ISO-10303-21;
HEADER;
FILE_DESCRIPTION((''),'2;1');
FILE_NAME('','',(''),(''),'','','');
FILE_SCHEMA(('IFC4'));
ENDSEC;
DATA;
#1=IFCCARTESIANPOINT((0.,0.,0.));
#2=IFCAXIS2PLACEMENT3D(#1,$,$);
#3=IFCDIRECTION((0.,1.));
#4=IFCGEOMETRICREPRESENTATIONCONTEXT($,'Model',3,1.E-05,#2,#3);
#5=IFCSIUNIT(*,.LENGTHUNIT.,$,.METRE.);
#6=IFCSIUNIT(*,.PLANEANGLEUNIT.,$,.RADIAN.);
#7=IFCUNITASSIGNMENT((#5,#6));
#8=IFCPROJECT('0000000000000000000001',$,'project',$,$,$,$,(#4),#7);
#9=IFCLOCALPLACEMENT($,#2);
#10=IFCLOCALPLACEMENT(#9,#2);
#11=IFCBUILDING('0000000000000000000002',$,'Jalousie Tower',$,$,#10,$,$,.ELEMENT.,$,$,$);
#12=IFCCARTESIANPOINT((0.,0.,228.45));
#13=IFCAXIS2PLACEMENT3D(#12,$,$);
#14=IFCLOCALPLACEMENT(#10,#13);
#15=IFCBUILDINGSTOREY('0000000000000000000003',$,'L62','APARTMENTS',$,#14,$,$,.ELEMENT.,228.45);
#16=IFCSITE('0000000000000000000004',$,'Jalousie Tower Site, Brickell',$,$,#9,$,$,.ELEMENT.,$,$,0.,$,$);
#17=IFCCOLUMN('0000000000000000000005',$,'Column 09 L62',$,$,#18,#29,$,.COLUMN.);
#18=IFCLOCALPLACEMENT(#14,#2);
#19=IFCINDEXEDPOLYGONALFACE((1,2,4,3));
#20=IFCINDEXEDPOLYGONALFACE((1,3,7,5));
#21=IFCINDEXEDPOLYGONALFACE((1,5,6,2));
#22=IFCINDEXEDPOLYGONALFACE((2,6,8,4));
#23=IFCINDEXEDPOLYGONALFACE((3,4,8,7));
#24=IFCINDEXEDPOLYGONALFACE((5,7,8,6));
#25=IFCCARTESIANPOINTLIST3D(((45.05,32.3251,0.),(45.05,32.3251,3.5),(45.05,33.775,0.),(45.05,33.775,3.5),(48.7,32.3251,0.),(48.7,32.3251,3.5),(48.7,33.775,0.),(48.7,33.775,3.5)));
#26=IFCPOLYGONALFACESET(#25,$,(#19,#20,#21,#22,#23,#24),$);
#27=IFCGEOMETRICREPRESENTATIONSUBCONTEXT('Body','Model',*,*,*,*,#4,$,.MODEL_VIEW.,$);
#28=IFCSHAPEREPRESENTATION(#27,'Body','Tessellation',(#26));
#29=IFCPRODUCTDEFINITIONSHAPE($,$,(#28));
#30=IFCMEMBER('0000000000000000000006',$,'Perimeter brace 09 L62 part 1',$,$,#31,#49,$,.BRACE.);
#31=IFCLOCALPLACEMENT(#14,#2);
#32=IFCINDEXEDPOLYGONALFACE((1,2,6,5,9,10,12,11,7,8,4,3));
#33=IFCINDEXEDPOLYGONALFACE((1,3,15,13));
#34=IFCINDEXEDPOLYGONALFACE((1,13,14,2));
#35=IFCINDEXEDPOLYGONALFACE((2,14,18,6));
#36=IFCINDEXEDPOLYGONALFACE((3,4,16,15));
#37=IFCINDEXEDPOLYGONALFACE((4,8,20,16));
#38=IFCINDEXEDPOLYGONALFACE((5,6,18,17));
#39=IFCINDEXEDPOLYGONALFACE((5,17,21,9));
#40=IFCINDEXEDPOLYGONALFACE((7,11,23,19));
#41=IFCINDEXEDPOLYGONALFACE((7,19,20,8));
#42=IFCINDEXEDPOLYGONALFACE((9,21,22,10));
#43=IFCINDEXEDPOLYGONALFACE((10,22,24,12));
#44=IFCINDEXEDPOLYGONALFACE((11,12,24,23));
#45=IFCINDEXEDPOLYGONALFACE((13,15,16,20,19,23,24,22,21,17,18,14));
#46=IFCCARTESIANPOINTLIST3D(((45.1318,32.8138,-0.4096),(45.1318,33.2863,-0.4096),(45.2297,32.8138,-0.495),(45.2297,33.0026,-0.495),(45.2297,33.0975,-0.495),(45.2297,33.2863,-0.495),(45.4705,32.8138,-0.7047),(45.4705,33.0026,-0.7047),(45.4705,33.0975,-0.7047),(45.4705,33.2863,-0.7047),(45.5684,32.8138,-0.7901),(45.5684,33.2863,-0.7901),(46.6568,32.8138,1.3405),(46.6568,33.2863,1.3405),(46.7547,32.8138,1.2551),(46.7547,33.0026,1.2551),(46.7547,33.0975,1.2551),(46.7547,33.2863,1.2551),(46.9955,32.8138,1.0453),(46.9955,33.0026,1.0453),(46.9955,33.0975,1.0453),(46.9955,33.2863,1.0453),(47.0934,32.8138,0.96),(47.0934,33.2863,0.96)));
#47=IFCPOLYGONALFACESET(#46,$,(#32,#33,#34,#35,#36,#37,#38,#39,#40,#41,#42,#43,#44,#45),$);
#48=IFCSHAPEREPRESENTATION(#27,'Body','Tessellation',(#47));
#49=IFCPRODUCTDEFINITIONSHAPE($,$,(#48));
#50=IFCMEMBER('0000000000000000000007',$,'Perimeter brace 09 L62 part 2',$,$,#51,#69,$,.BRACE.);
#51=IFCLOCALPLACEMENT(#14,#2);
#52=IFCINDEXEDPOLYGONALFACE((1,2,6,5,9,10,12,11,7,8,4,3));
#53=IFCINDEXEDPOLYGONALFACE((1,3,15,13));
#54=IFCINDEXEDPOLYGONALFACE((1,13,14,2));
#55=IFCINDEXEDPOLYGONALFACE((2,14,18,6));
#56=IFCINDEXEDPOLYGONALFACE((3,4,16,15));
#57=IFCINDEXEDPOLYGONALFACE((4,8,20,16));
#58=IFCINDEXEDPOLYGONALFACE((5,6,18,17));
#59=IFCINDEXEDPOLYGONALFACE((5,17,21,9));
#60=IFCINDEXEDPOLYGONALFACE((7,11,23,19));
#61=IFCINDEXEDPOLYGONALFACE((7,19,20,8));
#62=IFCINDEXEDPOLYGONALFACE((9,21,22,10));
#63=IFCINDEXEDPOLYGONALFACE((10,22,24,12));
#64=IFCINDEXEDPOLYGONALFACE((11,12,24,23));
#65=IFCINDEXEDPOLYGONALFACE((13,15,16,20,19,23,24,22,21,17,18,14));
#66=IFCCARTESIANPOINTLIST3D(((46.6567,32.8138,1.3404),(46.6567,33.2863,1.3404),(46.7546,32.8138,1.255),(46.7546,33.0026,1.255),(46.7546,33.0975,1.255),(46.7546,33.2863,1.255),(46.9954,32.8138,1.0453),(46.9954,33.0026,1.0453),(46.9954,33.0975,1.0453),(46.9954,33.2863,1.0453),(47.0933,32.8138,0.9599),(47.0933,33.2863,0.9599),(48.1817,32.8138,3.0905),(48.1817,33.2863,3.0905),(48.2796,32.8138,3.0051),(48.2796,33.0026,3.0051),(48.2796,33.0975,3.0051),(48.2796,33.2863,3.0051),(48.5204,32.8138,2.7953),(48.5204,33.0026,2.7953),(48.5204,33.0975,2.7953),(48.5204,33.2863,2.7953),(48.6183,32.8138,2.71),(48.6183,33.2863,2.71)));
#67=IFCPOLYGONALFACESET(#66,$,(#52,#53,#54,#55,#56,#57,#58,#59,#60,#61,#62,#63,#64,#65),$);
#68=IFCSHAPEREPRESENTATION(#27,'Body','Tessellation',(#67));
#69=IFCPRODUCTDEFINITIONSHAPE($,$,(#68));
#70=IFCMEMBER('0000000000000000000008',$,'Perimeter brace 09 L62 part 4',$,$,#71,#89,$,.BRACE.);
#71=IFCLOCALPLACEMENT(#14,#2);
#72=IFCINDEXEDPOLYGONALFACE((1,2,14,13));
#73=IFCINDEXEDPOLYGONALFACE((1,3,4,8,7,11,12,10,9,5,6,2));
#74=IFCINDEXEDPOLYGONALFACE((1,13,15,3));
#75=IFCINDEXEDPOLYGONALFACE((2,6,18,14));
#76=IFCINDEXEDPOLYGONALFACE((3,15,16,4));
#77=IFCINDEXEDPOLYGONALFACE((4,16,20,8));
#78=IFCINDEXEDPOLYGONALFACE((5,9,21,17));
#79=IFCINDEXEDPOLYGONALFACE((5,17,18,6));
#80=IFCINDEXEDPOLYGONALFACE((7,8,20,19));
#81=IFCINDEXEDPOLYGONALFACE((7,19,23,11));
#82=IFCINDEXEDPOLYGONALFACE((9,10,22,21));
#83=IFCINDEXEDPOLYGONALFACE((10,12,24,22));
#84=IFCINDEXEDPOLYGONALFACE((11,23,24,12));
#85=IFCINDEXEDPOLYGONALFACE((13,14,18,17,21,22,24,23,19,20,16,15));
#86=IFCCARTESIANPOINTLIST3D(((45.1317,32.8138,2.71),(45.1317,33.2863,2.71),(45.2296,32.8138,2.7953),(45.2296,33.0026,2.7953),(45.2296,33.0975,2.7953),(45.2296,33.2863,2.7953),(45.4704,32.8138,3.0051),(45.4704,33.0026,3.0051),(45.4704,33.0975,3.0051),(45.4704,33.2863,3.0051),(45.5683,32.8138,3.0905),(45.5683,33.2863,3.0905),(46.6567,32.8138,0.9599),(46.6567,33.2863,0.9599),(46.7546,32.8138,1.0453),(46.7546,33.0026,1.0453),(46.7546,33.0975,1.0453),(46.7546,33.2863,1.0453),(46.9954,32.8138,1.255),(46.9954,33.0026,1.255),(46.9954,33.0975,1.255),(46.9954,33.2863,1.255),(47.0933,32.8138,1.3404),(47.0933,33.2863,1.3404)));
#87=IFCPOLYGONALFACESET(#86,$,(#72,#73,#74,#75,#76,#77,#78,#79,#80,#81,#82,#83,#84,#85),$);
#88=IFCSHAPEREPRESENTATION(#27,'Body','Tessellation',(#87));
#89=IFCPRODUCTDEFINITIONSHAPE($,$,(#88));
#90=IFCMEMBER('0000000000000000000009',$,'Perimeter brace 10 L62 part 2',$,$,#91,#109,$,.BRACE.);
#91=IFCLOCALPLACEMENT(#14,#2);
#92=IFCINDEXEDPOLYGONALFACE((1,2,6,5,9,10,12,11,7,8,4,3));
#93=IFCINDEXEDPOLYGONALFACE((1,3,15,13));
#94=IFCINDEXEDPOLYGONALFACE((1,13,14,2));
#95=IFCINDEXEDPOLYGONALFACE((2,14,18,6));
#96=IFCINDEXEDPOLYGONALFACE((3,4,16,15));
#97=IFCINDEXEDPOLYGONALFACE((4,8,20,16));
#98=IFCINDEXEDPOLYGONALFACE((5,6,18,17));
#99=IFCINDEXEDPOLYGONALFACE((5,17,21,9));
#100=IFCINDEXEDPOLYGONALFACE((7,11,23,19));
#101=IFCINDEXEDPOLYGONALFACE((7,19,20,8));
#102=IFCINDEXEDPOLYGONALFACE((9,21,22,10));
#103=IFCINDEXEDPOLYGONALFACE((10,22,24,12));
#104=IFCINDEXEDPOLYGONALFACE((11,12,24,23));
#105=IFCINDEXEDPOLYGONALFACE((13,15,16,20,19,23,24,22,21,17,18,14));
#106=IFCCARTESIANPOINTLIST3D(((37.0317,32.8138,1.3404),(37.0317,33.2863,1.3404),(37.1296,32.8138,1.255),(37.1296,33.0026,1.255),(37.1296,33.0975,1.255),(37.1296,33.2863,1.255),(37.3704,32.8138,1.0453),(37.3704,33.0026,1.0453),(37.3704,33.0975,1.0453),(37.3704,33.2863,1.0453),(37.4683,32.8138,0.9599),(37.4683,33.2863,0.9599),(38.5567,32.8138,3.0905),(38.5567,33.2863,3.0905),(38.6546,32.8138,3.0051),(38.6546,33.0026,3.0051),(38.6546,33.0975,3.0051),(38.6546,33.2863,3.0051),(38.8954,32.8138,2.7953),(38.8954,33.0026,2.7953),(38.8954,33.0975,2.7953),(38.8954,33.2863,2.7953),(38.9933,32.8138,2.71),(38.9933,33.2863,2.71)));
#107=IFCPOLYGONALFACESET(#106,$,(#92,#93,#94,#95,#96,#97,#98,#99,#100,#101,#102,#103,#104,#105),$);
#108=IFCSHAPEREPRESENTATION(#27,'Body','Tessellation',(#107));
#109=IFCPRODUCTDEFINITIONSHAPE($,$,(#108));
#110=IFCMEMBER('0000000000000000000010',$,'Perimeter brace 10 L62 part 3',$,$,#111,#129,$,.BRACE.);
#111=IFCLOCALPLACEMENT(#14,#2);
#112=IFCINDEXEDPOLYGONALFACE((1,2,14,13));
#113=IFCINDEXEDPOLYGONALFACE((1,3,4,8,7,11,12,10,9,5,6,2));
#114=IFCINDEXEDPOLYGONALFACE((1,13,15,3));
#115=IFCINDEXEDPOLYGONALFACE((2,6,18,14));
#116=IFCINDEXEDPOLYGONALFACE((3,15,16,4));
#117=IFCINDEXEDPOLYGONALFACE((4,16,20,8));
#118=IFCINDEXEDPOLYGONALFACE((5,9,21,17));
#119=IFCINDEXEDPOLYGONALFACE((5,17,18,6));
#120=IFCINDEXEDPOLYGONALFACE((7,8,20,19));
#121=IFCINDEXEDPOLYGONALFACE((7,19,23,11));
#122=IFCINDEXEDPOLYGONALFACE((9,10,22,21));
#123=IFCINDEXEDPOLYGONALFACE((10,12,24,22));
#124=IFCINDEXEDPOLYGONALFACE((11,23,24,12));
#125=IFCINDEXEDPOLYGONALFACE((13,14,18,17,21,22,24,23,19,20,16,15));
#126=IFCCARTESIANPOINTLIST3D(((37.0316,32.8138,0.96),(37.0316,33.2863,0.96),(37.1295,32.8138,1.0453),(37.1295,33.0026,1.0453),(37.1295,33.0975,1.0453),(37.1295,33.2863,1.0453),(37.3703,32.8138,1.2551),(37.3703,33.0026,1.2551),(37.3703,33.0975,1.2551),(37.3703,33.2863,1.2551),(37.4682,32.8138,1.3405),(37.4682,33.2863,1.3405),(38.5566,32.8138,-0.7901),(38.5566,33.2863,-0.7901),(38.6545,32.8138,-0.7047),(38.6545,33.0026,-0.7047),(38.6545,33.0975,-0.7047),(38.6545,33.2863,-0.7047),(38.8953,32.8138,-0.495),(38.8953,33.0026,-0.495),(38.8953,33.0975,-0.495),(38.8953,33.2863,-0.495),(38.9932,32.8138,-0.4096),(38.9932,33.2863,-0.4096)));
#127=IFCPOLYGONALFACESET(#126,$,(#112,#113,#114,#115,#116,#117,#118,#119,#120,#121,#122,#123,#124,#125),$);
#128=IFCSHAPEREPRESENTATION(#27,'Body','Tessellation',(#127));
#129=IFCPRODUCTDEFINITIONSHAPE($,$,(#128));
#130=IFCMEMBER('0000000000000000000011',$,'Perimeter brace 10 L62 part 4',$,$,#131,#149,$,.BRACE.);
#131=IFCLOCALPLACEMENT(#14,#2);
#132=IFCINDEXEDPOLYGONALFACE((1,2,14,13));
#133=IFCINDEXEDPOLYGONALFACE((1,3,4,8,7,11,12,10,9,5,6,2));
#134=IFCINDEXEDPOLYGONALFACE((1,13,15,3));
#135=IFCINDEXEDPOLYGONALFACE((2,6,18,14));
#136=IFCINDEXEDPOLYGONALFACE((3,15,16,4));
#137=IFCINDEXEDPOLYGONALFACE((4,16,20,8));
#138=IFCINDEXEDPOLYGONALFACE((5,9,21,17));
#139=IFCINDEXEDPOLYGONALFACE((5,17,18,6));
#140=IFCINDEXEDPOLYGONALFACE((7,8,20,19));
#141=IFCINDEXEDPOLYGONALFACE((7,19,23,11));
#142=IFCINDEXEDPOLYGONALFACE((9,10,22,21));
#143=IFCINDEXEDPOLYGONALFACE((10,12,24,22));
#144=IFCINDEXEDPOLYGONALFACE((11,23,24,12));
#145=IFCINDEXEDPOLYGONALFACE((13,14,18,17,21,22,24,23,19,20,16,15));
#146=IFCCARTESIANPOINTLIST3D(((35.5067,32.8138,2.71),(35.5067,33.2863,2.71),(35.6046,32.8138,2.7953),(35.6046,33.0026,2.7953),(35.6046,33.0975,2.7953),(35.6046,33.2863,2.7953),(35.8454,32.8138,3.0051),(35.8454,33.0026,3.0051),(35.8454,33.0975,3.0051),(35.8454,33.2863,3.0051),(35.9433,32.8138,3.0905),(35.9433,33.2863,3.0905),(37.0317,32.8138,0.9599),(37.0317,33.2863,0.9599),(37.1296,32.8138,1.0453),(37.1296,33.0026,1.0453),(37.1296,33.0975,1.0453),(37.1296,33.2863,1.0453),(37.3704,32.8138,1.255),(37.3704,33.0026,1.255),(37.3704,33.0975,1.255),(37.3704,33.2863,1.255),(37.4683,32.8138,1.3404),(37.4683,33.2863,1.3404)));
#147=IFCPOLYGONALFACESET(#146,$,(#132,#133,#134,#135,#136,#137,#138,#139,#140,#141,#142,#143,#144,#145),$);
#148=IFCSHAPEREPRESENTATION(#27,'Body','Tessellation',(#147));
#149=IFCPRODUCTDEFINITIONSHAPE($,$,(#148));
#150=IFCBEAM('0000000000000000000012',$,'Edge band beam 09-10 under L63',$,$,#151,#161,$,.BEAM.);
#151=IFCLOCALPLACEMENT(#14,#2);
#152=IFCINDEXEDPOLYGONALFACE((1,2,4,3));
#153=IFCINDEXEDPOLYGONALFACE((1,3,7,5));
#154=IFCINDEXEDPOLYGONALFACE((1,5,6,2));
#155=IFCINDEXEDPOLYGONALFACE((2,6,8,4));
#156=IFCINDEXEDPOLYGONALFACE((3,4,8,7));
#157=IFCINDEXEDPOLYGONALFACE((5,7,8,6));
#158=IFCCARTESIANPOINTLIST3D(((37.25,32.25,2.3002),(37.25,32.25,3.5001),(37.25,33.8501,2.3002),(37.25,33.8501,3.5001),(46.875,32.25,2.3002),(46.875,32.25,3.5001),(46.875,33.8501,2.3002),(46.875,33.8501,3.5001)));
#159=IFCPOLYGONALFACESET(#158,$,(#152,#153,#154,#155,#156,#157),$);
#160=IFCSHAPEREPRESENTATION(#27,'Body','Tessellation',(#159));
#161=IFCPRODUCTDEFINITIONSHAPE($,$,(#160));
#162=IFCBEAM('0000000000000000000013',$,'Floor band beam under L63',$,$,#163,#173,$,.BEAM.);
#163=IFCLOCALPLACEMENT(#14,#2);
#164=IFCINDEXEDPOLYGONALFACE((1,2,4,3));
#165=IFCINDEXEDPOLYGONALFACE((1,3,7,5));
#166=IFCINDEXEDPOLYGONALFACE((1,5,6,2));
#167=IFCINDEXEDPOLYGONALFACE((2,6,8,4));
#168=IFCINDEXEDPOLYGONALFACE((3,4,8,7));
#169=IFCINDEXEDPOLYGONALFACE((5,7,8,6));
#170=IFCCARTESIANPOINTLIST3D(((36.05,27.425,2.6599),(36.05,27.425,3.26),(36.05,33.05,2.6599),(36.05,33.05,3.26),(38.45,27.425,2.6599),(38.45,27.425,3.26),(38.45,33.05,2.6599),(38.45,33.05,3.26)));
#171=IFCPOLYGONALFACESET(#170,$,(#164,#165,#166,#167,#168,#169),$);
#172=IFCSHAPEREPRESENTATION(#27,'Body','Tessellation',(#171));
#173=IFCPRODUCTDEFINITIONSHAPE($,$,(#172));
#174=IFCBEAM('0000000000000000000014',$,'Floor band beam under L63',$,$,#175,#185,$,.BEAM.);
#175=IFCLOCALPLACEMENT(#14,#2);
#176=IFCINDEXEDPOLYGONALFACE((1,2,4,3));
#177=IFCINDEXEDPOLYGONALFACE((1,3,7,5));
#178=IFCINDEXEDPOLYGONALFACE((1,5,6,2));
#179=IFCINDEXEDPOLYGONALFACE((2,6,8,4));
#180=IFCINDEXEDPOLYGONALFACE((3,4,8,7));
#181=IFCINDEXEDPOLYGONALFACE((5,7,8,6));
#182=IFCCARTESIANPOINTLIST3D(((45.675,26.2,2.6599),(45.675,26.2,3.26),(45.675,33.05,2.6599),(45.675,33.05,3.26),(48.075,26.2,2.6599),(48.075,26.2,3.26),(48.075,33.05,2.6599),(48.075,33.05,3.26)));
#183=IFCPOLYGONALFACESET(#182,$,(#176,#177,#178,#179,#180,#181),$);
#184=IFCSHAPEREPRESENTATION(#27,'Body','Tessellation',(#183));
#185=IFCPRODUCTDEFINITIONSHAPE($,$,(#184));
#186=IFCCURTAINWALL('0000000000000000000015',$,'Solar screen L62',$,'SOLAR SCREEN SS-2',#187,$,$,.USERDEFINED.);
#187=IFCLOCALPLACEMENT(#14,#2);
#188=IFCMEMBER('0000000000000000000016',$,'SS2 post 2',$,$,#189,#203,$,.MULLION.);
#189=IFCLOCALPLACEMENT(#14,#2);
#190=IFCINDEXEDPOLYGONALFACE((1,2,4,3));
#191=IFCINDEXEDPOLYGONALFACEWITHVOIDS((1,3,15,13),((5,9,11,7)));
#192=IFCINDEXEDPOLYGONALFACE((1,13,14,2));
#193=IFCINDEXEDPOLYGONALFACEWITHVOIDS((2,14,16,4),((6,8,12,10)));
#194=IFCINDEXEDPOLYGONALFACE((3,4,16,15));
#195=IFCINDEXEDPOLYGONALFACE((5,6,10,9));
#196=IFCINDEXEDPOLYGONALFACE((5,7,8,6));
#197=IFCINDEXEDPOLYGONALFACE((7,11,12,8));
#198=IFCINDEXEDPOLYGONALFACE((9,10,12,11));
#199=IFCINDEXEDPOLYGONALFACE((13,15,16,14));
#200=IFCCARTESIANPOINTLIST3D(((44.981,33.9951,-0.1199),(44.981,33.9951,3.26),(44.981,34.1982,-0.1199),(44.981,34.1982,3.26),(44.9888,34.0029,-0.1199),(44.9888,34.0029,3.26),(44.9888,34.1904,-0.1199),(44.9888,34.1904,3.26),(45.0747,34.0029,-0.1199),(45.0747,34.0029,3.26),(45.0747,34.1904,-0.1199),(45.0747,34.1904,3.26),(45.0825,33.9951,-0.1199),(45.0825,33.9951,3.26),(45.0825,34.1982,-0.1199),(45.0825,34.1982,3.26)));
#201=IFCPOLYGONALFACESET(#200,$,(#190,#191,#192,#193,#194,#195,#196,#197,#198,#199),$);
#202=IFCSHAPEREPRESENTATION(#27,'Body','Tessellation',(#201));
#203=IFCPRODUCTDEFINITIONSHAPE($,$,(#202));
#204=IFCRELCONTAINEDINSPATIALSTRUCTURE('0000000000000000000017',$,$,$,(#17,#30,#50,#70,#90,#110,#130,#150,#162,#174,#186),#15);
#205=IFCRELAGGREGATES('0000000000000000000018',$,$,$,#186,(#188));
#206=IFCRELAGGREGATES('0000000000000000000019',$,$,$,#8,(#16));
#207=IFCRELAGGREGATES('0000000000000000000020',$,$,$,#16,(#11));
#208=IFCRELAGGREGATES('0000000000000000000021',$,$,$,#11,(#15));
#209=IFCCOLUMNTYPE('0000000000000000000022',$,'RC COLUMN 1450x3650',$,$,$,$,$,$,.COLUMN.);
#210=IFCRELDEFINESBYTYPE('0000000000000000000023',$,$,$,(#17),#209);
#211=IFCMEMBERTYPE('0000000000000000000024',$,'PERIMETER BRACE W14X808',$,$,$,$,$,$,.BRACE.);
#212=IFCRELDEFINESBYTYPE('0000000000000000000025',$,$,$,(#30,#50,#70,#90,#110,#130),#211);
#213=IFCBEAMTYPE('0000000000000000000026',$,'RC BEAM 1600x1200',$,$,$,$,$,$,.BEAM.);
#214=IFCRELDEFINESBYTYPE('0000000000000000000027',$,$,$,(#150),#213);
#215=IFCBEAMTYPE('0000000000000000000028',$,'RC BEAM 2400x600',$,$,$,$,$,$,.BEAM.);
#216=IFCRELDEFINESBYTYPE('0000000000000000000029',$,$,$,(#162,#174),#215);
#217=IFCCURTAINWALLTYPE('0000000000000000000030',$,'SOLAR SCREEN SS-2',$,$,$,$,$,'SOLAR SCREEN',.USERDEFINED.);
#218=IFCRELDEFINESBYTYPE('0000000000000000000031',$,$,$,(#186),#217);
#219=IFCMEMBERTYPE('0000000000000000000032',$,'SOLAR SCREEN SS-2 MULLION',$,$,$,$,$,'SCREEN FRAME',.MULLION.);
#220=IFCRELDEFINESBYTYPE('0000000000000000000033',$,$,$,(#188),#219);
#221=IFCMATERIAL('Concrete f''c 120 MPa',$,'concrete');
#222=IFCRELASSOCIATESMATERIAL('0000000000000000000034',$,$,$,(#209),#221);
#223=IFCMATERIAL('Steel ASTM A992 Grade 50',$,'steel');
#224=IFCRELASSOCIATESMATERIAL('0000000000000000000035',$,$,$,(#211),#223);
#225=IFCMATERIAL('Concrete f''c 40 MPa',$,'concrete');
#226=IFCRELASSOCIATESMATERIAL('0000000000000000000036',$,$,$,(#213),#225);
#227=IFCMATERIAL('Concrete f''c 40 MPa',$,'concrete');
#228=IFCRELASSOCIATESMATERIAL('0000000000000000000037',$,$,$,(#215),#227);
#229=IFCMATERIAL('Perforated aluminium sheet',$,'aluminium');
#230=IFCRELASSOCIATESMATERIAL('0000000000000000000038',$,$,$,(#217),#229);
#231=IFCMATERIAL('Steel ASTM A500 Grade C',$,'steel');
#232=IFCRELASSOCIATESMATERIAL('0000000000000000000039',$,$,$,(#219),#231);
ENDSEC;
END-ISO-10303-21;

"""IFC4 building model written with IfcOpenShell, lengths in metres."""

from ifc_helpers import new_model, si_unit, direction, frame, origin, origin_2d, place, context, subcontext, project, spatial, rectangle, hollow_rectangle, i_section, extrude, material, material_profile, profile_set, type_object, element, aggregate, save


model = new_model("IFC4")

# Units and contexts
model_context = context("Model", 3, precision=1e-05, world=origin(), true_north=direction((0.0, 1.0)))
body_context = subcontext(model_context, "Body", "Model", "MODEL_VIEW")
ifc_project = project(units=[si_unit("LENGTHUNIT", "METRE"), si_unit("PLANEANGLEUNIT", "RADIAN")], contexts=[model_context])

# Site, building, storey
site_placement = place(None, origin())
site = spatial("IfcSite", under=ifc_project, at=site_placement, Name="Jalousie Tower Site, Brickell", CompositionType="ELEMENT", RefElevation=0.0)
building_placement = place(site_placement, origin())
building = spatial("IfcBuilding", under=site, at=building_placement, Name="Jalousie Tower", CompositionType="ELEMENT")
storey_placement = place(building_placement, frame((0.0, 0.0, 228.45)))
storey = spatial("IfcBuildingStorey", under=building, at=storey_placement, Name="L62", Description="APARTMENTS", CompositionType="ELEMENT", Elevation=228.45)

# Column
ifc_material_1 = material(Name="Concrete f'c 120 MPa", Category="concrete")
ifc_material_profile_1 = material_profile(ifc_material_1, rectangle(XDim=1.45, YDim=3.6499, at=origin_2d()), Name="RC 1450x3650")
ifc_profile_set_1 = profile_set([ifc_material_profile_1], Name="Concrete f'c 120 MPa")
column_type = type_object("IfcColumnType", Name="RC COLUMN 1450x3650", PredefinedType="COLUMN", material=ifc_profile_set_1)
column_placement = place(storey_placement, frame((46.875, 33.05, 0.0), z_axis=(0.0, 0.0, 1.0), x_axis=(0.0, 1.0, 0.0)))
element("IfcColumn", 1, at=column_placement, inside=storey, type_object=column_type, Name="Column 09 L62", PredefinedType="COLUMN", context=body_context, shape_type="SweptSolid", body=[
    extrude(rectangle(XDim=1.45, YDim=3.6499, at=origin_2d()), origin(), (0.0, 0.0, 1.0), 3.5),
])

# Members
ifc_material_2 = material(Name="Steel ASTM A992 Grade 50", Category="steel")
ifc_material_profile_2 = material_profile(ifc_material_2, i_section(OverallWidth=0.4724, OverallDepth=0.5791, WebThickness=0.095, FlangeThickness=0.1299, at=origin_2d()), Name="W14X808")
ifc_profile_set_2 = profile_set([ifc_material_profile_2], Name="Steel ASTM A992 Grade 50")
member_type_1 = type_object("IfcMemberType", Name="PERIMETER BRACE W14X808", PredefinedType="BRACE", material=ifc_profile_set_2)
for number, where, z_axis, x_axis, name in (
    (2, (45.3501, 33.05, -0.5999), (0.656954, 0.0, 0.75393), (0.0, 1.0, 0.0), "Perimeter brace 09 L62 part 1"),
    (3, (46.875, 33.05, 1.1501), (0.656954, 0.0, 0.75393), (0.0, 1.0, 0.0), "Perimeter brace 09 L62 part 2"),
    (4, (46.875, 33.05, 1.1501), (-0.656954, 0.0, 0.75393), (0.0, -1.0, 0.0), "Perimeter brace 09 L62 part 4"),
    (5, (37.25, 33.05, 1.1501), (0.656954, 0.0, 0.75393), (0.0, 1.0, 0.0), "Perimeter brace 10 L62 part 2"),
    (6, (38.7749, 33.05, -0.5999), (-0.656954, 0.0, 0.75393), (0.0, -1.0, 0.0), "Perimeter brace 10 L62 part 3"),
    (7, (37.25, 33.05, 1.1501), (-0.656954, 0.0, 0.75393), (0.0, -1.0, 0.0), "Perimeter brace 10 L62 part 4"),
):
    element("IfcMember", number, at=place(storey_placement, frame(where, z_axis=z_axis, x_axis=x_axis)), inside=storey, type_object=member_type_1, Name=name, PredefinedType="BRACE", context=body_context, shape_type="SweptSolid", body=[
        extrude(i_section(OverallWidth=0.4724, OverallDepth=0.5791, WebThickness=0.095, FlangeThickness=0.1299, at=origin_2d()), origin(), (0.0, 0.0, 1.0), 2.3213),
    ])

# Beams
ifc_material_3 = material(Name="Concrete f'c 40 MPa", Category="concrete")
ifc_material_profile_3 = material_profile(ifc_material_3, rectangle(XDim=1.6001, YDim=1.2, at=origin_2d()), Name="RC 1600x1200")
ifc_profile_set_3 = profile_set([ifc_material_profile_3], Name="Concrete f'c 40 MPa")
beam_type_1 = type_object("IfcBeamType", Name="RC BEAM 1600x1200", PredefinedType="BEAM", material=ifc_profile_set_3)
beam_1_placement = place(storey_placement, frame((46.875, 33.05, 2.9001), z_axis=(-1.0, 0.0, 0.0), x_axis=(0.0, -1.0, 0.0)))
element("IfcBeam", 8, at=beam_1_placement, inside=storey, type_object=beam_type_1, Name="Edge band beam 09-10 under L63", PredefinedType="BEAM", context=body_context, shape_type="SweptSolid", body=[
    extrude(rectangle(XDim=1.6001, YDim=1.2, at=origin_2d()), origin(), (0.0, 0.0, 1.0), 9.625),
])
ifc_material_4 = material(Name="Concrete f'c 40 MPa", Category="concrete")
ifc_material_profile_4 = material_profile(ifc_material_4, rectangle(XDim=2.3999, YDim=0.6001, at=origin_2d()), Name="RC 2400x600")
ifc_profile_set_4 = profile_set([ifc_material_profile_4], Name="Concrete f'c 40 MPa")
beam_type_2 = type_object("IfcBeamType", Name="RC BEAM 2400x600", PredefinedType="BEAM", material=ifc_profile_set_4)
beam_2_placement = place(storey_placement, frame((37.25, 33.05, 2.96), z_axis=(0.0, -1.0, 0.0), x_axis=(1.0, 0.0, 0.0)))
element("IfcBeam", 9, at=beam_2_placement, inside=storey, type_object=beam_type_2, Name="Floor band beam under L63", PredefinedType="BEAM", context=body_context, shape_type="SweptSolid", body=[
    extrude(rectangle(XDim=2.3999, YDim=0.6001, at=origin_2d()), origin(), (0.0, 0.0, 1.0), 5.625),
])
beam_3_placement = place(storey_placement, frame((46.875, 33.05, 2.96), z_axis=(0.0, -1.0, 0.0), x_axis=(1.0, 0.0, 0.0)))
element("IfcBeam", 10, at=beam_3_placement, inside=storey, type_object=beam_type_2, Name="Floor band beam under L63", PredefinedType="BEAM", context=body_context, shape_type="SweptSolid", body=[
    extrude(rectangle(XDim=2.3999, YDim=0.6001, at=origin_2d()), origin(), (0.0, 0.0, 1.0), 6.8501),
])

# Curtain wall, member
ifc_material_5 = material(Name="Perforated aluminium sheet", Category="aluminium")
curtain_wall_type = type_object("IfcCurtainWallType", Name="SOLAR SCREEN SS-2", ElementType="SOLAR SCREEN", PredefinedType="USERDEFINED", material=ifc_material_5)
curtain_wall_1_placement = place(storey_placement, origin())
curtain_wall_1 = element("IfcCurtainWall", 11, at=curtain_wall_1_placement, inside=storey, type_object=curtain_wall_type, Name="Solar screen L62", ObjectType="SOLAR SCREEN SS-2", PredefinedType="USERDEFINED")
ifc_material_6 = material(Name="Steel ASTM A500 Grade C", Category="steel")
ifc_material_profile_5 = material_profile(ifc_material_6, hollow_rectangle(XDim=0.1016, YDim=0.2031, WallThickness=0.0078, at=origin_2d()), Name="HSS8X4X5/16")
ifc_profile_set_5 = profile_set([ifc_material_profile_5], Name="Steel ASTM A500 Grade C")
member_type_2 = type_object("IfcMemberType", Name="SOLAR SCREEN SS-2 MULLION", ElementType="SCREEN FRAME", PredefinedType="MULLION", material=ifc_profile_set_5)
member_1_placement = place(storey_placement, frame((45.0317, 34.0967, -0.1199), z_axis=(0.0, 0.0, 1.0), x_axis=(-1.0, 0.0, 0.0)))
member_1 = element("IfcMember", 12, at=member_1_placement, type_object=member_type_2, Name="SS2 post 2", PredefinedType="MULLION", context=body_context, shape_type="SweptSolid", body=[
    extrude(hollow_rectangle(XDim=0.1016, YDim=0.2031, WallThickness=0.0078, at=origin_2d()), origin(), (0.0, 0.0, 1.0), 3.3799),
])

aggregate(curtain_wall_1, [member_1])

save(model, "model.ifc")
